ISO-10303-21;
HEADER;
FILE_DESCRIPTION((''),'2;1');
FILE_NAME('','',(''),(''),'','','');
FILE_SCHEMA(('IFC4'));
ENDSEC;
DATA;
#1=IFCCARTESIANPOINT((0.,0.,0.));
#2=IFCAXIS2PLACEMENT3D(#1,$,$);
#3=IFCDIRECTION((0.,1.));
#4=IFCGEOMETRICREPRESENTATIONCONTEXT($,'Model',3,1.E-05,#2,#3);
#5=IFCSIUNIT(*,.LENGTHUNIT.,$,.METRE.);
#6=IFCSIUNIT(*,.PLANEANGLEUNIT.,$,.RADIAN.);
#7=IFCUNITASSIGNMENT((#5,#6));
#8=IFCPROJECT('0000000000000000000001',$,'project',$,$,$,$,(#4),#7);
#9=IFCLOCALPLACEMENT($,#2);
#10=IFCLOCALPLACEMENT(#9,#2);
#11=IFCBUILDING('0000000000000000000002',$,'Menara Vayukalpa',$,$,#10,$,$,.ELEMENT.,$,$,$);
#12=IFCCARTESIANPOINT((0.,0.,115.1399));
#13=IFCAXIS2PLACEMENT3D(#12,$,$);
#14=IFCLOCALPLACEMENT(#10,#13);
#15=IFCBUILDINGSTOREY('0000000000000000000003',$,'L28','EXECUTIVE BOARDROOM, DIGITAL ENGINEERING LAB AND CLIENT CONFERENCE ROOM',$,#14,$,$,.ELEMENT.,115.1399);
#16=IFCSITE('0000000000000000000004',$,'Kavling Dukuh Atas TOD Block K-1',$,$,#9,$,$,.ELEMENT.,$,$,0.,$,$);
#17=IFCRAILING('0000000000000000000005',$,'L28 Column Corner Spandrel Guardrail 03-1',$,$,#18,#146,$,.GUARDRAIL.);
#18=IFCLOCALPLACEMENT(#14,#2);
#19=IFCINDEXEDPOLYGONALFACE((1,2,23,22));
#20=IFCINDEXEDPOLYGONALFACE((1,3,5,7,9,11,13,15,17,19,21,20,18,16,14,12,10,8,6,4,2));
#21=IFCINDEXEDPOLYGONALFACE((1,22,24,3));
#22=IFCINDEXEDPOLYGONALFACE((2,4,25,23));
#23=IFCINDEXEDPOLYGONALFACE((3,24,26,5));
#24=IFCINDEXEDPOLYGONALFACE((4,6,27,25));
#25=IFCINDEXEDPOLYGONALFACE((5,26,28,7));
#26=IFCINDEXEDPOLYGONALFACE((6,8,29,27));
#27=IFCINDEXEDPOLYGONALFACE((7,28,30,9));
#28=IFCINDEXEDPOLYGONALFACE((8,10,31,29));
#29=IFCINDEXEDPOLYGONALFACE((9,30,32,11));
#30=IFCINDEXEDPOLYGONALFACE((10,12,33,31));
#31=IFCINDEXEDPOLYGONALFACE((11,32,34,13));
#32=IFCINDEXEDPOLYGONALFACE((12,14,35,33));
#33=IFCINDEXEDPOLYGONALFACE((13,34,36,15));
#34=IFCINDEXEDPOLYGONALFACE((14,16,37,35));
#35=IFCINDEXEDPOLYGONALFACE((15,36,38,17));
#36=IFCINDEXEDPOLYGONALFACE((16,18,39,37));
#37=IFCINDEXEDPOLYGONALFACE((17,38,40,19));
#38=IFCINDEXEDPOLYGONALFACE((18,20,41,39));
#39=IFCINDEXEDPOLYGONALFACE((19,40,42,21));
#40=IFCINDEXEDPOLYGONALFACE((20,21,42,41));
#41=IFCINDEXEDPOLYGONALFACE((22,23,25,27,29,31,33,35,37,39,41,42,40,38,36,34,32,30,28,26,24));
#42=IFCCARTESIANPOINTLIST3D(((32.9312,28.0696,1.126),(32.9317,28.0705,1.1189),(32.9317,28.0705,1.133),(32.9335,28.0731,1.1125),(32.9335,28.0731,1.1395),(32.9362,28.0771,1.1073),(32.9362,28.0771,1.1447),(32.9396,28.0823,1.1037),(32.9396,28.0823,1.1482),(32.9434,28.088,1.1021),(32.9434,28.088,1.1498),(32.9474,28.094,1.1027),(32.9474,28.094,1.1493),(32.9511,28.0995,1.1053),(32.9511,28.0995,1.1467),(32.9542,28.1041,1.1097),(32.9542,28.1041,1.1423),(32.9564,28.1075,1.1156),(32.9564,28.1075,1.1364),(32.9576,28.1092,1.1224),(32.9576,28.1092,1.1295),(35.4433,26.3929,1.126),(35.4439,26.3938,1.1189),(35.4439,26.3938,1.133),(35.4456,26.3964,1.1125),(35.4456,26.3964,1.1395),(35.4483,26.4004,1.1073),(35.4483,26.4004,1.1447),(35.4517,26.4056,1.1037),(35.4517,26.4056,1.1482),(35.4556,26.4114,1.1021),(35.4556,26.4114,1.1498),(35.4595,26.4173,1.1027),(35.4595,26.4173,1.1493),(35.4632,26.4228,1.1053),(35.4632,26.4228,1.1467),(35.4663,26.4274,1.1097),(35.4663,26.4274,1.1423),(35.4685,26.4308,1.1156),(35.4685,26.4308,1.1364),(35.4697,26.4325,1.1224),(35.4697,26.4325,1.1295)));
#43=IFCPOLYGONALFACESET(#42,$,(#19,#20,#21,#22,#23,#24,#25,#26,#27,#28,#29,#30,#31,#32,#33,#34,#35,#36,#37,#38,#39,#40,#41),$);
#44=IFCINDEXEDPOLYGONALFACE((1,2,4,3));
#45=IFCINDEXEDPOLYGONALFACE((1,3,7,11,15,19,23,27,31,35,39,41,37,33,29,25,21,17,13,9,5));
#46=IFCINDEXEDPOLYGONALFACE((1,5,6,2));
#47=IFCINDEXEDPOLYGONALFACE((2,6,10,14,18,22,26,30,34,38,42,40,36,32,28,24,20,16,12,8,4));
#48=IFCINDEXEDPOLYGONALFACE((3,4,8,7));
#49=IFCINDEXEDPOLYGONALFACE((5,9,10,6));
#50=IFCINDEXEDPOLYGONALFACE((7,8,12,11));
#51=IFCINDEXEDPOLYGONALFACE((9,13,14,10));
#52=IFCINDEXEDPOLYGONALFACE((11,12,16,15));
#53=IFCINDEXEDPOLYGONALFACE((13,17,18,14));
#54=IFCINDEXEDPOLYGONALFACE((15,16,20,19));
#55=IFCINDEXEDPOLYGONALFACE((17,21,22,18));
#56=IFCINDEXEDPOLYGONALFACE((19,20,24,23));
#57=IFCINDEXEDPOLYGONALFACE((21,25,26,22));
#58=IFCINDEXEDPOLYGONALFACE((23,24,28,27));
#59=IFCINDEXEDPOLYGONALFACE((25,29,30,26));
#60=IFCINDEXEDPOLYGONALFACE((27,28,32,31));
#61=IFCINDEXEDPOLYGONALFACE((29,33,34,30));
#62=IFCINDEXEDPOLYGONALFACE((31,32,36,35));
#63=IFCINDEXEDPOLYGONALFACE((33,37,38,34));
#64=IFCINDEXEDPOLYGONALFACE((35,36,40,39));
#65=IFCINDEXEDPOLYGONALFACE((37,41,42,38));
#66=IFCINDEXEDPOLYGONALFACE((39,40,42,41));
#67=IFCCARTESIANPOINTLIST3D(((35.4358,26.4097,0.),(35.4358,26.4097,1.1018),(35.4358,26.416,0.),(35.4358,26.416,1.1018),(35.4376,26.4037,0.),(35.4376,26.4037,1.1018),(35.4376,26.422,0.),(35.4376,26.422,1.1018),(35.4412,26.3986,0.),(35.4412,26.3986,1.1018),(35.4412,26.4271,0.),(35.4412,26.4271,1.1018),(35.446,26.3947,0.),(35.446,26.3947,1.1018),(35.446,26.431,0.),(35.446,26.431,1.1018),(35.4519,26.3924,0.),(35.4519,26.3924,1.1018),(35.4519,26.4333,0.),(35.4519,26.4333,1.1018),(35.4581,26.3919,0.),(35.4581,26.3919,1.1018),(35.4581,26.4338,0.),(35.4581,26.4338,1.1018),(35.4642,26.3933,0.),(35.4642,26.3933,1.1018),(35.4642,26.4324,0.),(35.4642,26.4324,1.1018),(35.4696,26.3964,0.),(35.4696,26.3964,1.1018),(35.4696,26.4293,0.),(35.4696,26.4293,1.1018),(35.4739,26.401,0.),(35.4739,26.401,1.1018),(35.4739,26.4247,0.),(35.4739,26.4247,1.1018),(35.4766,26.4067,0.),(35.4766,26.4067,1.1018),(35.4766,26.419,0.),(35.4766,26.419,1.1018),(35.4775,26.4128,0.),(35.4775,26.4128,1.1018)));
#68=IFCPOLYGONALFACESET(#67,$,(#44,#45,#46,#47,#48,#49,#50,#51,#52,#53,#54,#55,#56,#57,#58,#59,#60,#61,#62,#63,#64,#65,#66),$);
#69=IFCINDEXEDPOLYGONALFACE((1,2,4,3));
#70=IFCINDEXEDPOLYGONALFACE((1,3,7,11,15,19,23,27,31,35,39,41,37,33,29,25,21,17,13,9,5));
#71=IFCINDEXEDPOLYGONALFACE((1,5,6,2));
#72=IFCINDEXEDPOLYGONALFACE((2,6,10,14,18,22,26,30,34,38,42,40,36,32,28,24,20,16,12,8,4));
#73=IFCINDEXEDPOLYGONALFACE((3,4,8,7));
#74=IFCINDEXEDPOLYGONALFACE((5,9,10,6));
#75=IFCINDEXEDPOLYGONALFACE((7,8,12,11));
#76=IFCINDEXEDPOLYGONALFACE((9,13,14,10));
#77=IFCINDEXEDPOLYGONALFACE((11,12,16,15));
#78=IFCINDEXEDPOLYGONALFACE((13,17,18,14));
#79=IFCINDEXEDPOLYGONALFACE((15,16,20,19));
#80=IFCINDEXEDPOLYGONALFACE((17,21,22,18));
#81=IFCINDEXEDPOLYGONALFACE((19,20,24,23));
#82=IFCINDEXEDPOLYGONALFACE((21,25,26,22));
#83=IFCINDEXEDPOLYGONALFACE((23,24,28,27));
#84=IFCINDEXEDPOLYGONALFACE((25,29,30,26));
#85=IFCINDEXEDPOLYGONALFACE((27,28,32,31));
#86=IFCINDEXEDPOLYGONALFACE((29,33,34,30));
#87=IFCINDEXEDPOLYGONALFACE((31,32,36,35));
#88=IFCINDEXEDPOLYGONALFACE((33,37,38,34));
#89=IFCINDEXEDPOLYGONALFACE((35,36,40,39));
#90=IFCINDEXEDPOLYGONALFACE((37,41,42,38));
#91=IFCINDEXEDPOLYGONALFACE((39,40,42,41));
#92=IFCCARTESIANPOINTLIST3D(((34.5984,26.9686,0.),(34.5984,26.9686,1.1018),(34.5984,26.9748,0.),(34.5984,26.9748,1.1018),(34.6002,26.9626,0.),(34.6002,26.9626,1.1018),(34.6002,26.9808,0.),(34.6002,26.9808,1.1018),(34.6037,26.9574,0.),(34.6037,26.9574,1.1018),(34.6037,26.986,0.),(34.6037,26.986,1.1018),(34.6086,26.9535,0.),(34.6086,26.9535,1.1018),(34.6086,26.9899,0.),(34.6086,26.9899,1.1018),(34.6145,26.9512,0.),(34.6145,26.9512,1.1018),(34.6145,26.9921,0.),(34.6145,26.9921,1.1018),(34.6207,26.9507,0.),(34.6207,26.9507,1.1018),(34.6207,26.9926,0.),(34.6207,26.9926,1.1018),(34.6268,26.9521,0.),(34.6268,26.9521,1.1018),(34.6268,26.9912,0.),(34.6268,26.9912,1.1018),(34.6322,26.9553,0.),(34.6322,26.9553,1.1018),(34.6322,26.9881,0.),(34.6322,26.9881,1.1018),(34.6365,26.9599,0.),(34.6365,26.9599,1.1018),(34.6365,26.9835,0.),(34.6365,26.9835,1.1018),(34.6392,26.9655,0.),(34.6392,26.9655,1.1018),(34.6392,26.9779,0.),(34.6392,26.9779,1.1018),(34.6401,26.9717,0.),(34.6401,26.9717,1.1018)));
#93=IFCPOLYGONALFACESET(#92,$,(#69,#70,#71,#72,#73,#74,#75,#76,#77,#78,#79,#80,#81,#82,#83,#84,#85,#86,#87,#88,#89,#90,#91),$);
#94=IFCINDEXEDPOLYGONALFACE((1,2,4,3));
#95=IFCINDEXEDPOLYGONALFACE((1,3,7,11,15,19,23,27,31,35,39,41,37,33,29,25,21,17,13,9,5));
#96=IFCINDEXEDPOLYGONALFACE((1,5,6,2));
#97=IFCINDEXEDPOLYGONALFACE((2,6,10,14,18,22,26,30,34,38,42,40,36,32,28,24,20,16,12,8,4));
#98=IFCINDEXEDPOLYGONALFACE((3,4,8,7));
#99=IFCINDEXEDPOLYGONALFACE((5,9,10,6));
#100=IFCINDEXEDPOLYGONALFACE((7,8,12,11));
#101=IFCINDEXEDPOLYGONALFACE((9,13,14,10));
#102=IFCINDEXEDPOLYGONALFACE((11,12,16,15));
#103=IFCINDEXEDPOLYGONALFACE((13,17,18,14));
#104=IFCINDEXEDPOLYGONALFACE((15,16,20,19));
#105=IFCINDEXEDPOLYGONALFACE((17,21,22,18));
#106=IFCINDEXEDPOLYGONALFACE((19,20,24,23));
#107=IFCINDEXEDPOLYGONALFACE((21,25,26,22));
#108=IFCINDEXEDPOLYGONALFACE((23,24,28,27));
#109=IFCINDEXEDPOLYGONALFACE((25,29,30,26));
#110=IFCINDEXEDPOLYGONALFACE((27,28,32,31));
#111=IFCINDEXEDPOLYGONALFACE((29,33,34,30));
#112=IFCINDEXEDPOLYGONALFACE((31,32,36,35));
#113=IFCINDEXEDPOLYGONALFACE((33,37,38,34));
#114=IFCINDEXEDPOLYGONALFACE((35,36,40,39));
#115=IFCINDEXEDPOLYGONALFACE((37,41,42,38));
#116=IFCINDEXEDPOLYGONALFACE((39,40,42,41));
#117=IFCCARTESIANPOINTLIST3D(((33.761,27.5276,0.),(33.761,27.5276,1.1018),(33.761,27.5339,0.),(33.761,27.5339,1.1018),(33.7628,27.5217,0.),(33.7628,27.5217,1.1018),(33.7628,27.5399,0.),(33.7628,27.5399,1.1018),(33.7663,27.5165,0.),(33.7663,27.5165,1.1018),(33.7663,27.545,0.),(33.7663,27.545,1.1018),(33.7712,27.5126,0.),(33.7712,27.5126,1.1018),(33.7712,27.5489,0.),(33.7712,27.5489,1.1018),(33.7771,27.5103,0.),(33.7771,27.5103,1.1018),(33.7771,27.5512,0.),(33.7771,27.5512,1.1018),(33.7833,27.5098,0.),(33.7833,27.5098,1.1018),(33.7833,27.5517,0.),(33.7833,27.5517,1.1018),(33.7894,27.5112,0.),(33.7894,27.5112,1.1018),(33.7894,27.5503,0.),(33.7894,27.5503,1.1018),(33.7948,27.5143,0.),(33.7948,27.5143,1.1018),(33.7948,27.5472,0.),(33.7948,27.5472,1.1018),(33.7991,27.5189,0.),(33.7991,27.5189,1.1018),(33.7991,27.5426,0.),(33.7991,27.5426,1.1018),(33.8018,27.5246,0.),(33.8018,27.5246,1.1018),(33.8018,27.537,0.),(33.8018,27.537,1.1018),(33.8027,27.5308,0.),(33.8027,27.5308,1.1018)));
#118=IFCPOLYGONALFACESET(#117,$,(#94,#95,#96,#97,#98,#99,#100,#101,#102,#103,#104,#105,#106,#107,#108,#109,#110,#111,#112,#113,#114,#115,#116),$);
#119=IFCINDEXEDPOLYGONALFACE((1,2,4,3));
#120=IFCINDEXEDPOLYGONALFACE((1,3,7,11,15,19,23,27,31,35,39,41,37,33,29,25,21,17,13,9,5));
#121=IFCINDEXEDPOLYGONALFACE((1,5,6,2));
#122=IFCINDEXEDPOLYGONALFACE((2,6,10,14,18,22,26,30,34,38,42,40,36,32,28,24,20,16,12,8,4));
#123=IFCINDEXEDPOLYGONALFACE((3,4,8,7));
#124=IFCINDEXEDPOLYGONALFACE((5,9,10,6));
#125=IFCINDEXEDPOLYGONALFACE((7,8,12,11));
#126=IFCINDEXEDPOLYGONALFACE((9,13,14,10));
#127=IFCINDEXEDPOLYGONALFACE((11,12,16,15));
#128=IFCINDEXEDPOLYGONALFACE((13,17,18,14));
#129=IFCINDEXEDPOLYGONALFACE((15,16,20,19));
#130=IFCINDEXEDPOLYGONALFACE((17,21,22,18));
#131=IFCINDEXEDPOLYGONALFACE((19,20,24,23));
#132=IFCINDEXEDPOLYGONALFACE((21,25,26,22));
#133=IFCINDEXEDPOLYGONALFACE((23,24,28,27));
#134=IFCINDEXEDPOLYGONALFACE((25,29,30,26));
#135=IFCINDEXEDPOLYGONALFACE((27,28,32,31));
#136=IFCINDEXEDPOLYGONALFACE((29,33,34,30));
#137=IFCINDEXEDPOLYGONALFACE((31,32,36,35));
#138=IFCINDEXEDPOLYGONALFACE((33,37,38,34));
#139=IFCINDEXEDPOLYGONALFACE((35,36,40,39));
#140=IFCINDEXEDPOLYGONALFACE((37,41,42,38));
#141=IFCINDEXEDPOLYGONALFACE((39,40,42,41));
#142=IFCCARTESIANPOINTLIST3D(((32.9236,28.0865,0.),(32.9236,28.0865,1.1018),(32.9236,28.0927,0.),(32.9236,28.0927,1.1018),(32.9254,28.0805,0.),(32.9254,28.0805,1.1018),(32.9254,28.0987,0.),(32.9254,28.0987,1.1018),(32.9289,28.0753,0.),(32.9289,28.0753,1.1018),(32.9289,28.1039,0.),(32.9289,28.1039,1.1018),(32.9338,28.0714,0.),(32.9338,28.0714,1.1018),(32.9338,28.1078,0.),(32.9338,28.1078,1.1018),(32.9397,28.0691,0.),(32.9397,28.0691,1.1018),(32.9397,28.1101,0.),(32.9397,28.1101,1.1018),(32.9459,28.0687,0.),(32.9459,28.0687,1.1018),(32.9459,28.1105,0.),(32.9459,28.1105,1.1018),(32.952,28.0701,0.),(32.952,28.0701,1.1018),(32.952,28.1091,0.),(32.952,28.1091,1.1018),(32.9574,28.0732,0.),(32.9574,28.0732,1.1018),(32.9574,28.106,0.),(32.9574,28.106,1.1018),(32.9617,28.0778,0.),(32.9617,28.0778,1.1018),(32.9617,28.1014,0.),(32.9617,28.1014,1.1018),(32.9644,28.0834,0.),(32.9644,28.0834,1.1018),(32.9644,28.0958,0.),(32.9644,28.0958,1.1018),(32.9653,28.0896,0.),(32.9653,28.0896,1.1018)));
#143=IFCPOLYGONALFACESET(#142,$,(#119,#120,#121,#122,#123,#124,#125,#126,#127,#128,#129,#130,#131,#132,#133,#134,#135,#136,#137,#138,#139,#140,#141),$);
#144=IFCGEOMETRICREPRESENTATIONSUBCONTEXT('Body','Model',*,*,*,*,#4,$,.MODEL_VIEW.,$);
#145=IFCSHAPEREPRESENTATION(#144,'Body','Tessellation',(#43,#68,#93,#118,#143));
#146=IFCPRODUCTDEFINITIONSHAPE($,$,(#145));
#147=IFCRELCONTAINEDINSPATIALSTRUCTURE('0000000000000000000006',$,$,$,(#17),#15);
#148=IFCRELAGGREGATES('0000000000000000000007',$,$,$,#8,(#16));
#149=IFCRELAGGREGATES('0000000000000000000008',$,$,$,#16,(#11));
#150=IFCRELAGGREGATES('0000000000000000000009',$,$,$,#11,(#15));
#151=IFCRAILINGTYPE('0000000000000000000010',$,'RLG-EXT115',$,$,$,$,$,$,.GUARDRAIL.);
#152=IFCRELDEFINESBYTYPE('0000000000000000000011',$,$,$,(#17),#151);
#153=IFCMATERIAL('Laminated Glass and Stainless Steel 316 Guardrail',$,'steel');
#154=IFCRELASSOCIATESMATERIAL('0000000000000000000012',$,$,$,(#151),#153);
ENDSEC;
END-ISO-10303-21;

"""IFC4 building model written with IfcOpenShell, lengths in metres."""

from ifc_helpers import new_model, si_unit, direction, frame, origin, origin_2d, place, context, subcontext, project, spatial, circle, extrude, material, type_object, element, save


model = new_model("IFC4")

# Units and contexts
model_context = context("Model", 3, precision=1e-05, world=origin(), true_north=direction((0.0, 1.0)))
body_context = subcontext(model_context, "Body", "Model", "MODEL_VIEW")
ifc_project = project(units=[si_unit("LENGTHUNIT", "METRE"), si_unit("PLANEANGLEUNIT", "RADIAN")], contexts=[model_context])

# Site, building, storey
site_placement = place(None, origin())
site = spatial("IfcSite", under=ifc_project, at=site_placement, Name="Kavling Dukuh Atas TOD Block K-1", CompositionType="ELEMENT", RefElevation=0.0)
building_placement = place(site_placement, origin())
building = spatial("IfcBuilding", under=site, at=building_placement, Name="Menara Vayukalpa", CompositionType="ELEMENT")
storey_placement = place(building_placement, frame((0.0, 0.0, 115.1399)))
storey = spatial("IfcBuildingStorey", under=building, at=storey_placement, Name="L28", Description="EXECUTIVE BOARDROOM, DIGITAL ENGINEERING LAB AND CLIENT CONFERENCE ROOM", CompositionType="ELEMENT", Elevation=115.1399)

# Railing
ifc_material_1 = material(Name="Laminated Glass and Stainless Steel 316 Guardrail", Category="steel")
railing_type_1 = type_object("IfcRailingType", Name="RLG-EXT115", PredefinedType="GUARDRAIL", material=ifc_material_1)
railing_1_placement = place(storey_placement, frame((35.4565, 26.4128, 0.0)))
element("IfcRailing", 1, at=railing_1_placement, inside=storey, type_object=railing_type_1, Name="L28 Column Corner Spandrel Guardrail 03-1", PredefinedType="GUARDRAIL", context=body_context, shape_type="SweptSolid", body=[
    extrude(circle(Radius=0.0239, at=origin_2d()), frame((0.0, 0.0, 1.126), z_axis=(-0.831752, 0.555148, 0.0), x_axis=(-0.555148, -0.831752, 0.0)), (0.0, 0.0, 1.0), 3.0203),
    extrude(circle(Radius=0.021, at=origin_2d()), origin(), (0.0, 0.0, 1.0), 1.1018),
    extrude(circle(Radius=0.021, at=origin_2d()), frame((-0.8374, 0.5588, 0.0)), (0.0, 0.0, 1.0), 1.1018),
    extrude(circle(Radius=0.021, at=origin_2d()), frame((-1.6748, 1.1179, 0.0)), (0.0, 0.0, 1.0), 1.1018),
    extrude(circle(Radius=0.021, at=origin_2d()), frame((-2.5122, 1.6768, 0.0)), (0.0, 0.0, 1.0), 1.1018),
])

save(model, "model.ifc")
